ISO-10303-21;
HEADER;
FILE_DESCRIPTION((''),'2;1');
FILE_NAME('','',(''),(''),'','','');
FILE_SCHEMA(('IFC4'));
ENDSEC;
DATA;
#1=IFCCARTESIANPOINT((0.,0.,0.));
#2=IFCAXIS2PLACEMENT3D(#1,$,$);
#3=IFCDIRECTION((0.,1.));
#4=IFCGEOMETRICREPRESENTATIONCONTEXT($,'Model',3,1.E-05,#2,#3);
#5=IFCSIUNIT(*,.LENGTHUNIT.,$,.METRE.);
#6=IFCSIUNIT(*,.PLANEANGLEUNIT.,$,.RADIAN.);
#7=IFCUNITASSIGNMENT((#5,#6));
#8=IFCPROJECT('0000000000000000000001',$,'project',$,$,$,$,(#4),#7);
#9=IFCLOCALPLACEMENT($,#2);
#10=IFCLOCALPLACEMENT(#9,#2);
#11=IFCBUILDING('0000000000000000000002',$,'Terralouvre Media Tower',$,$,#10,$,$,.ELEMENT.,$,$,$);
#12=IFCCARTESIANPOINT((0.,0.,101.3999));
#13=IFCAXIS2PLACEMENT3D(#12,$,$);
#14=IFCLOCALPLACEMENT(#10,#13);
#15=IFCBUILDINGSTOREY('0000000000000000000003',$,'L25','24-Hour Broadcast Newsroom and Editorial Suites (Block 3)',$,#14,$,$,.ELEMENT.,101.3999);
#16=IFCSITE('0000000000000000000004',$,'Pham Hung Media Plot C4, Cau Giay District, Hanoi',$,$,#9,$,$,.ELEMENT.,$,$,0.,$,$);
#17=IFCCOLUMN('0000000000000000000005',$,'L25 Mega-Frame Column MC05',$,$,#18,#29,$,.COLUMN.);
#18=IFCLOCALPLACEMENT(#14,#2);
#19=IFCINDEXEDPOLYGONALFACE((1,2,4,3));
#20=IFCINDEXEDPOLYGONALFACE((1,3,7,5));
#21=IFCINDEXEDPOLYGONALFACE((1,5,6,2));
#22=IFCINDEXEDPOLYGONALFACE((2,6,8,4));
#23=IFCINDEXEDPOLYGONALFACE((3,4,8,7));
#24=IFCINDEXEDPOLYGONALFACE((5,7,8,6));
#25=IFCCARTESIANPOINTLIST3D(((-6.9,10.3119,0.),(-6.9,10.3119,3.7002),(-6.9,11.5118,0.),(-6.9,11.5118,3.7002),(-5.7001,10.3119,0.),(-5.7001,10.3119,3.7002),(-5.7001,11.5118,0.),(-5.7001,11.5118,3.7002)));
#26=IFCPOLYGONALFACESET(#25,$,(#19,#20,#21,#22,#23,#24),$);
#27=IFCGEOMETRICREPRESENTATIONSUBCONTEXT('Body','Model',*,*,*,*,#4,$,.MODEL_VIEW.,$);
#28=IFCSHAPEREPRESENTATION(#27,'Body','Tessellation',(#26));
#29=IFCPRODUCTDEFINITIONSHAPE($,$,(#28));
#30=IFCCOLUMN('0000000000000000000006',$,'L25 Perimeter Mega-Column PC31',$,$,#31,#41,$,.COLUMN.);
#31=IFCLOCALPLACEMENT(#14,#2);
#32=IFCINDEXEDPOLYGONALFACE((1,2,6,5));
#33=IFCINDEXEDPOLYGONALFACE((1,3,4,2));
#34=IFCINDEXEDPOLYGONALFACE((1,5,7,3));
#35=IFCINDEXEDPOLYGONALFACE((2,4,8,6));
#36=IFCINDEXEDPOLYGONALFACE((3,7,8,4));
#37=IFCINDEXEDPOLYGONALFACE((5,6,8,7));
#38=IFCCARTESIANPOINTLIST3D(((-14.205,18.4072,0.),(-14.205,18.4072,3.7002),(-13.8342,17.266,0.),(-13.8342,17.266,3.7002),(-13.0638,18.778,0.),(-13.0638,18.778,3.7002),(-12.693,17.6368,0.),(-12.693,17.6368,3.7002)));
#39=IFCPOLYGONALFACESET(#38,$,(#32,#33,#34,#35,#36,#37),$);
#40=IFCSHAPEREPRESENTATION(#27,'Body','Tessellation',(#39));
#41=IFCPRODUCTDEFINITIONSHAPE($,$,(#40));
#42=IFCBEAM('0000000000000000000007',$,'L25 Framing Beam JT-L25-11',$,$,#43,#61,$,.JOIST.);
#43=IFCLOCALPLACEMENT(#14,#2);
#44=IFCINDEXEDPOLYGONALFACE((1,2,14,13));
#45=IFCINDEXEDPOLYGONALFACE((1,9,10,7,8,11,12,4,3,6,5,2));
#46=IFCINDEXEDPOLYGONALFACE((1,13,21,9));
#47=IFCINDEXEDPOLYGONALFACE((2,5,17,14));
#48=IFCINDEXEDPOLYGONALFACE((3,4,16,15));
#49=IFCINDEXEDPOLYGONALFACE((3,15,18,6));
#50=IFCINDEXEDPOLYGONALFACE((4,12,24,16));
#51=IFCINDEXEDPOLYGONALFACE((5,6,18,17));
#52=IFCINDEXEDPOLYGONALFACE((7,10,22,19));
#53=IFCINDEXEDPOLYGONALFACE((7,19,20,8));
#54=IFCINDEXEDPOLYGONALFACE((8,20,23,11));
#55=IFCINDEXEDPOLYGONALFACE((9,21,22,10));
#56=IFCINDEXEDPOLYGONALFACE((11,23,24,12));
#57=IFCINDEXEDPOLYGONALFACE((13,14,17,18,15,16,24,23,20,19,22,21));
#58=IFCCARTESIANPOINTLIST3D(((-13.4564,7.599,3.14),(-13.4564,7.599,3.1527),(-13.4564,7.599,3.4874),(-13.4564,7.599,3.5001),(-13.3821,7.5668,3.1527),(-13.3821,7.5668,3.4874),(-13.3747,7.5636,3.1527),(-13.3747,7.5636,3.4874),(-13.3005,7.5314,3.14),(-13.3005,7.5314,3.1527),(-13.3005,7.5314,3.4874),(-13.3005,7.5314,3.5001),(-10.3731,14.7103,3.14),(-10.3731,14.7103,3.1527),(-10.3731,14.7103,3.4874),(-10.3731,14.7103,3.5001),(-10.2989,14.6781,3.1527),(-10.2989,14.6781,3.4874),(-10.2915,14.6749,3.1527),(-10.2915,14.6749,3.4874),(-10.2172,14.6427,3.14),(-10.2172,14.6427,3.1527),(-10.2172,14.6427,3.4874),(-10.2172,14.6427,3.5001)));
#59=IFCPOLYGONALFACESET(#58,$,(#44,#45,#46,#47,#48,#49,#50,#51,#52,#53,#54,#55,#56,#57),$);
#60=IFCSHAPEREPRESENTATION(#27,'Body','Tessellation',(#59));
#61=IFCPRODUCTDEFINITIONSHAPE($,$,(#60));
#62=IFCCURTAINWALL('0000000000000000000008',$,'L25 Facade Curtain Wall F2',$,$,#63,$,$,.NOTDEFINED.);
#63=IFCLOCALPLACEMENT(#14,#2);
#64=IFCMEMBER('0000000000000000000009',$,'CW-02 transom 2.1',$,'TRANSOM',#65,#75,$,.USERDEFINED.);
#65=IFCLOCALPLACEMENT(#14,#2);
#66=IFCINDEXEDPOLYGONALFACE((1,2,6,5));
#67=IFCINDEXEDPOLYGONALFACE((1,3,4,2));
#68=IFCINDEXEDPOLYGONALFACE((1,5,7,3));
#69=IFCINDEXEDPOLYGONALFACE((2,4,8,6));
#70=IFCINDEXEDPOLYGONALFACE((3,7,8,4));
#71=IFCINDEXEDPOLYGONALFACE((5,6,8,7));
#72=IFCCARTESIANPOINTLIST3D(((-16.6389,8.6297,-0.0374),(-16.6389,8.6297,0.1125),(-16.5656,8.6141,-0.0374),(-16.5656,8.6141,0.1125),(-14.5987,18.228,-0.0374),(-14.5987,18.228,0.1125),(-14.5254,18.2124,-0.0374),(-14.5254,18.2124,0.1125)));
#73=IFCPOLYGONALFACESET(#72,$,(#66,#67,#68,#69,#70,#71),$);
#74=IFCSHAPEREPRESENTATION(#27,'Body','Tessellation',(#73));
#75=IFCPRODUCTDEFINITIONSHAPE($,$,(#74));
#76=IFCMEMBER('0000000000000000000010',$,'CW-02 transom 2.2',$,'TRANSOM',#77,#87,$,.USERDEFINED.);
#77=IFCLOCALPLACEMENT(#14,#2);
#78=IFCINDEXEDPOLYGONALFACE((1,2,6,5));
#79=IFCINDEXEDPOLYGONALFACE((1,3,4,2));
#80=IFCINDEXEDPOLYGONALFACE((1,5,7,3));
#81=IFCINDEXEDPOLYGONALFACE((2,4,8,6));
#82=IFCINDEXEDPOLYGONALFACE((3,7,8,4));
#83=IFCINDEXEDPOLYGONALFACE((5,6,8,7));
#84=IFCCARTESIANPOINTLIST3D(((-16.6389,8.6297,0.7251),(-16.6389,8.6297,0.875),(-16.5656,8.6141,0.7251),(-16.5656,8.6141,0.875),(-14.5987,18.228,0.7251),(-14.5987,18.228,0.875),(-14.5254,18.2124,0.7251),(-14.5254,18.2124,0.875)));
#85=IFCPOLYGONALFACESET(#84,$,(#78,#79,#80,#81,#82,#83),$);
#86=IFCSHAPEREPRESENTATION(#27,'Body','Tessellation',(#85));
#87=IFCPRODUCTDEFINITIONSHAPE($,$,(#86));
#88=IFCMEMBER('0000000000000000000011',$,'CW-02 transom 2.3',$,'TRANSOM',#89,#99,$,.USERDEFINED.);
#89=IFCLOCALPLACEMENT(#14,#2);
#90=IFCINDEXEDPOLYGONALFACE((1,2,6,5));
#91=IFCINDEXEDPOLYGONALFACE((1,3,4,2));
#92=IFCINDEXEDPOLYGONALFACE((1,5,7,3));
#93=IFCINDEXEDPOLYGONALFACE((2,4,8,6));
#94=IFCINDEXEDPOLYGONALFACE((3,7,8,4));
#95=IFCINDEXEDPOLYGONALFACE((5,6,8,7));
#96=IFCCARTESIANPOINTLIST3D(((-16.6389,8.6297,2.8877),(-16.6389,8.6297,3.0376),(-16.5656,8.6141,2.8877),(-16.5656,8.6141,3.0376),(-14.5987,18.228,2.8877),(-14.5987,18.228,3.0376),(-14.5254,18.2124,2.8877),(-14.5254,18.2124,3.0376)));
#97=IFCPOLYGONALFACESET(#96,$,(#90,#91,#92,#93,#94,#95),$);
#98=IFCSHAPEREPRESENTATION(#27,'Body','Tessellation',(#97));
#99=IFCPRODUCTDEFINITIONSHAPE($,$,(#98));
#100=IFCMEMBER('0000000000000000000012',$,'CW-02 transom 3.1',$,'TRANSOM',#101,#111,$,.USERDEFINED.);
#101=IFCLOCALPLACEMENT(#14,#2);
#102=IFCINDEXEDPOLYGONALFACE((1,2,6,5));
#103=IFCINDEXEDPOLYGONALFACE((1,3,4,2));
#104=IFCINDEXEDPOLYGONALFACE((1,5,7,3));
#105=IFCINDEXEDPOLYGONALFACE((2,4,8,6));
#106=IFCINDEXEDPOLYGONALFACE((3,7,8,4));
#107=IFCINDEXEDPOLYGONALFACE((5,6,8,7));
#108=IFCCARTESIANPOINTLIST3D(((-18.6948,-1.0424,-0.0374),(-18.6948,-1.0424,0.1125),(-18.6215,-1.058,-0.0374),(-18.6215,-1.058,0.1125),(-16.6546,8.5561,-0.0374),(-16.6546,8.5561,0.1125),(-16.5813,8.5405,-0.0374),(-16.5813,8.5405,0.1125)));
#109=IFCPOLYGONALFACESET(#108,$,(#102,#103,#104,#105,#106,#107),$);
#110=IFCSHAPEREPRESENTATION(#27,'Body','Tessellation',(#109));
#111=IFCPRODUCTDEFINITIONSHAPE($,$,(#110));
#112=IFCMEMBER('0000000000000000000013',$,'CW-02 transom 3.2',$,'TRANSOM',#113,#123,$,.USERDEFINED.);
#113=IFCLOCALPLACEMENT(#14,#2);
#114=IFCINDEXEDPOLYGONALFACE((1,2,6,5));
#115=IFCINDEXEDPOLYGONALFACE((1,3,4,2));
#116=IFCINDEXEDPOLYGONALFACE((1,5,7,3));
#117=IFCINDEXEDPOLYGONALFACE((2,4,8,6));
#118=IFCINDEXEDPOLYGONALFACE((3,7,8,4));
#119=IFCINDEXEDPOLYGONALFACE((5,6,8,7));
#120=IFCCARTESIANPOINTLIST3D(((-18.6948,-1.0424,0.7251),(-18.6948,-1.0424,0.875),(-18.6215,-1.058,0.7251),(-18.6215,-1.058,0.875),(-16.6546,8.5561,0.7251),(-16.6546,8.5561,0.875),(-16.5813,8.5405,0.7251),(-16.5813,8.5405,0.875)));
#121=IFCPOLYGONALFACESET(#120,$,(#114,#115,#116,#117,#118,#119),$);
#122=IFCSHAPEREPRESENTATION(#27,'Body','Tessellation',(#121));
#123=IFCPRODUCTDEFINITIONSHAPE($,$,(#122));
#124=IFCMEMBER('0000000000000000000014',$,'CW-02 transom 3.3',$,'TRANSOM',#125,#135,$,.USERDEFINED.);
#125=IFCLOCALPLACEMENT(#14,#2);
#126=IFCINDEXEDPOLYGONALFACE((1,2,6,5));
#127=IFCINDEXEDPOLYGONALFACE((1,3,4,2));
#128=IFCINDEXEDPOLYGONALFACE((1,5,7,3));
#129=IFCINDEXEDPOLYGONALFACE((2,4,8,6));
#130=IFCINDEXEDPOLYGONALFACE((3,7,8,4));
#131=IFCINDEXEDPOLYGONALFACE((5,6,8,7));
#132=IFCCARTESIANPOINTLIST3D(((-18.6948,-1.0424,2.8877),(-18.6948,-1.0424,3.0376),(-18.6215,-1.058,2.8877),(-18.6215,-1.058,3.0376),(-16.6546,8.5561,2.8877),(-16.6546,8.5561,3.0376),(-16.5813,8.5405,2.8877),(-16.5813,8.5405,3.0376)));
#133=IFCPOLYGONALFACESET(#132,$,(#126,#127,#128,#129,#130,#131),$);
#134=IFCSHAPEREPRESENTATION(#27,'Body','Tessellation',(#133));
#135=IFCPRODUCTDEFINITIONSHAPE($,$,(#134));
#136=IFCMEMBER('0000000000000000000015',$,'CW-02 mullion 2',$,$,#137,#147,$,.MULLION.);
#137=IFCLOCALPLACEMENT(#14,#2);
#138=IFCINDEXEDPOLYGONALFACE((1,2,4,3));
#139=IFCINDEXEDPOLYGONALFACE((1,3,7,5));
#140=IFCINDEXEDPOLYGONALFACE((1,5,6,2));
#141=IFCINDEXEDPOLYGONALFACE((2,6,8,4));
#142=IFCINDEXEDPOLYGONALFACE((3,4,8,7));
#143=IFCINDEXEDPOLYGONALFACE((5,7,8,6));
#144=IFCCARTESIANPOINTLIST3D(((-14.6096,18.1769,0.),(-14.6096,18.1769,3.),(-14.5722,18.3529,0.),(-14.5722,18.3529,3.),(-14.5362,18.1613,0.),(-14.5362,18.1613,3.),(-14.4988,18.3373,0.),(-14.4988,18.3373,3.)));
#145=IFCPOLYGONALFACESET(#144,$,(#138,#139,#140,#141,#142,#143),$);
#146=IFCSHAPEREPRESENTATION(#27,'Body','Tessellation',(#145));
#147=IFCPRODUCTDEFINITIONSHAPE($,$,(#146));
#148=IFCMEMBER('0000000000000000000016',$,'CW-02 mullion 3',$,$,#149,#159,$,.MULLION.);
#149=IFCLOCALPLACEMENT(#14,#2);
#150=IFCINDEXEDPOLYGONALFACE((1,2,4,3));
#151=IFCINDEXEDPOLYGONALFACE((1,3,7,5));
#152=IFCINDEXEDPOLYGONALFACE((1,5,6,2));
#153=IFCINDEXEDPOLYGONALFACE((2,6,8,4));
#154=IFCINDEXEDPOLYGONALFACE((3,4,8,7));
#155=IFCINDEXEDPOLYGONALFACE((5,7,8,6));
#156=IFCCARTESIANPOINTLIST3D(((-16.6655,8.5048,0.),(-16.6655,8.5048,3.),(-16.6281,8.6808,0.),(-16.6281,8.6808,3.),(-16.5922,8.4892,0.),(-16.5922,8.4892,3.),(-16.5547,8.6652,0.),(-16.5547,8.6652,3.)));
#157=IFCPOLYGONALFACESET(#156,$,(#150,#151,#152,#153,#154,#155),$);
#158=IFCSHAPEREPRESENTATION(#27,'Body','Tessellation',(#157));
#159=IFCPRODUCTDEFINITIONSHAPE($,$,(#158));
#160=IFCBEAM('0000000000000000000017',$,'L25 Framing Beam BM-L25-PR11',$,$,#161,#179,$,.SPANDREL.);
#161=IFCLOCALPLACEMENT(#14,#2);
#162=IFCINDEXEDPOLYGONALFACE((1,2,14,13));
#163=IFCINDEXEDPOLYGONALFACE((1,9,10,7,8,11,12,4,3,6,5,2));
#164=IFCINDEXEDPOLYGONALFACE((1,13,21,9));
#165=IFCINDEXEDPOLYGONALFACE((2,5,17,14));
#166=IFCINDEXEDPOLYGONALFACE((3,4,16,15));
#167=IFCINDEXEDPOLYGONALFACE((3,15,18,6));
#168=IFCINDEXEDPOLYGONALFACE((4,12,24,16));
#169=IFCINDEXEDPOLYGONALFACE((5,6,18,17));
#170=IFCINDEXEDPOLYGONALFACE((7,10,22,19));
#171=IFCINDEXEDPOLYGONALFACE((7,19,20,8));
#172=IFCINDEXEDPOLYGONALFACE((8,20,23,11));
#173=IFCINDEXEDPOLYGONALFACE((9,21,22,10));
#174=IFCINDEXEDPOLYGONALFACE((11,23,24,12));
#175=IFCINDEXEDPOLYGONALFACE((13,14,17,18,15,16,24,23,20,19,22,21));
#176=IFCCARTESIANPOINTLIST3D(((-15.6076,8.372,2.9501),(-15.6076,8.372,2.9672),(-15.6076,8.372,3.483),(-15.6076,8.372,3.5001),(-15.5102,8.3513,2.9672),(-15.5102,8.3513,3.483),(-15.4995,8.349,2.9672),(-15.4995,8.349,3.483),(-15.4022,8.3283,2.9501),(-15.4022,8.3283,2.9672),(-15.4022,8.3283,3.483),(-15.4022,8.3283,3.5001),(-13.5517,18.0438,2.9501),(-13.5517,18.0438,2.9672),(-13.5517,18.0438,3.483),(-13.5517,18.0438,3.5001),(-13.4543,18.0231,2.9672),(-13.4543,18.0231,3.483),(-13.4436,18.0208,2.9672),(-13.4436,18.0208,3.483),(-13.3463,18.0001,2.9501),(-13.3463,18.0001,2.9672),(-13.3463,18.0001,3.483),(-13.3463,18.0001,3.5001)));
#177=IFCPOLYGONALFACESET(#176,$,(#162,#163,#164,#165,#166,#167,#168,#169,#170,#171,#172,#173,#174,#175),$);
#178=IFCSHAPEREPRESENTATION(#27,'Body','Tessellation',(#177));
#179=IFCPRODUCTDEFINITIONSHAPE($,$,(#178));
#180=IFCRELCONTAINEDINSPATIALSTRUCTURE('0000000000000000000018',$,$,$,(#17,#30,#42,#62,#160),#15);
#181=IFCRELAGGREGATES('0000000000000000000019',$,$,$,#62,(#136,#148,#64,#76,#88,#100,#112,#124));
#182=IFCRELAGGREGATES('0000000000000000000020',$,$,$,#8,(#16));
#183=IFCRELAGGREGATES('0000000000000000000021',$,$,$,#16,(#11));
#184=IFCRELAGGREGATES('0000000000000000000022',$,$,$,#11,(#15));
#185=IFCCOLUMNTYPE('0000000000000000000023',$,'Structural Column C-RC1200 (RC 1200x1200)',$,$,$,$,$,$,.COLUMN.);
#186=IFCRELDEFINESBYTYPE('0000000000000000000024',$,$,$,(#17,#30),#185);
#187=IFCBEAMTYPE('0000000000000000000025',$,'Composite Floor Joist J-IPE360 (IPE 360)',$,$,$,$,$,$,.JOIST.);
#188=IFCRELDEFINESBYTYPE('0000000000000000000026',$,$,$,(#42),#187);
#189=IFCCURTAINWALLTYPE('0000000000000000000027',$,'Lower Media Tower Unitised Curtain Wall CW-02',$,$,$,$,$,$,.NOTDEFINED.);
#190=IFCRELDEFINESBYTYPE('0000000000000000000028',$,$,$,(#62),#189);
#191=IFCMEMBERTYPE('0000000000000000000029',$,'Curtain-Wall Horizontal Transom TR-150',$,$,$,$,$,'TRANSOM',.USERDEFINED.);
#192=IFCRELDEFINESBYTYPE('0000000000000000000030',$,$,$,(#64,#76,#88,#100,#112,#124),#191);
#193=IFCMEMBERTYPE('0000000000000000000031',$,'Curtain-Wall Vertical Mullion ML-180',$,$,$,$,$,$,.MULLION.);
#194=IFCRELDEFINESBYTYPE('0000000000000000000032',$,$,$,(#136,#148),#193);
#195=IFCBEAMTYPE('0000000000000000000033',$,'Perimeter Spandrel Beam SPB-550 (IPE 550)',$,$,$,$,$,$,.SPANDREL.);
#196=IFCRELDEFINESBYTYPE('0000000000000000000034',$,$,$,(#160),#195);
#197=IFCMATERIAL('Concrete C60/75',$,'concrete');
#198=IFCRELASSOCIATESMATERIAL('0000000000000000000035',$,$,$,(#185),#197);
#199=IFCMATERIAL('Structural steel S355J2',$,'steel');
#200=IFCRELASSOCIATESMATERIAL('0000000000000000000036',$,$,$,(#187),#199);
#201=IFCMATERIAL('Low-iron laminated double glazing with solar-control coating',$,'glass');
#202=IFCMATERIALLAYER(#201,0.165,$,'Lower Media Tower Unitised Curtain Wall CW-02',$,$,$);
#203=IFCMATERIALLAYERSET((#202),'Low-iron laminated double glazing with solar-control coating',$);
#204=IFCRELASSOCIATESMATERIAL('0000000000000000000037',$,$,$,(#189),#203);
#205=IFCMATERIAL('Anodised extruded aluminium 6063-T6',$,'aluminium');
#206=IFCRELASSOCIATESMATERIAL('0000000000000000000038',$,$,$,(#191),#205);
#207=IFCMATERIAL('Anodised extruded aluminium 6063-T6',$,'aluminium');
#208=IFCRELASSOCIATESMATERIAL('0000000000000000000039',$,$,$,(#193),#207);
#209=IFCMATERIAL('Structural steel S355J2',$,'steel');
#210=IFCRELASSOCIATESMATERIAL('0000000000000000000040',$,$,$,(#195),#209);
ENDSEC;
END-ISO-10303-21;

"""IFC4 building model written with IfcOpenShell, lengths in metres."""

from ifc_helpers import new_model, si_unit, direction, frame, origin, origin_2d, place, context, subcontext, project, spatial, rectangle, i_section, extrude, material, layer, layer_set, material_profile, profile_set, type_object, element, aggregate, save


model = new_model("IFC4")

# Units and contexts
model_context = context("Model", 3, precision=1e-05, world=origin(), true_north=direction((0.0, 1.0)))
body_context = subcontext(model_context, "Body", "Model", "MODEL_VIEW")
ifc_project = project(units=[si_unit("LENGTHUNIT", "METRE"), si_unit("PLANEANGLEUNIT", "RADIAN")], contexts=[model_context])

# Site, building, storey
site_placement = place(None, origin())
site = spatial("IfcSite", under=ifc_project, at=site_placement, Name="Pham Hung Media Plot C4, Cau Giay District, Hanoi", CompositionType="ELEMENT", RefElevation=0.0)
building_placement = place(site_placement, origin())
building = spatial("IfcBuilding", under=site, at=building_placement, Name="Terralouvre Media Tower", CompositionType="ELEMENT")
storey_placement = place(building_placement, frame((0.0, 0.0, 101.3999)))
storey = spatial("IfcBuildingStorey", under=building, at=storey_placement, Name="L25", Description="24-Hour Broadcast Newsroom and Editorial Suites (Block 3)", CompositionType="ELEMENT", Elevation=101.3999)

# Columns
ifc_material_1 = material(Name="Concrete C60/75", Category="concrete")
ifc_material_profile_1 = material_profile(ifc_material_1, rectangle(XDim=1.2, YDim=1.2, at=origin_2d()), Name="RC 1200x1200")
ifc_profile_set_1 = profile_set([ifc_material_profile_1], Name="Concrete C60/75")
column_type = type_object("IfcColumnType", Name="Structural Column C-RC1200 (RC 1200x1200)", PredefinedType="COLUMN", material=ifc_profile_set_1)
for number, where, z_axis, x_axis, name in (
    (1, (-6.3, 10.9119, 0.0), (0.0, 0.0, 1.0), (1.0, 0.0, 0.0), "L25 Mega-Frame Column MC05"),
    (2, (-13.449, 18.022, 0.0), (0.0, 0.0, 1.0), (0.951057, 0.309017, 0.0), "L25 Perimeter Mega-Column PC31"),
):
    element("IfcColumn", number, at=place(storey_placement, frame(where, z_axis=z_axis, x_axis=x_axis)), inside=storey, type_object=column_type, Name=name, PredefinedType="COLUMN", context=body_context, shape_type="SweptSolid", body=[
        extrude(rectangle(XDim=1.2, YDim=1.2, at=origin_2d()), origin(), (0.0, 0.0, 1.0), 3.7002),
    ])

# Beam
ifc_material_2 = material(Name="Structural steel S355J2", Category="steel")
ifc_material_profile_2 = material_profile(ifc_material_2, i_section(OverallWidth=0.1699, OverallDepth=0.3601, WebThickness=0.0081, FlangeThickness=0.0127, at=origin_2d()), Name="IPE 360")
ifc_profile_set_2 = profile_set([ifc_material_profile_2], Name="Structural steel S355J2")
beam_type_1 = type_object("IfcBeamType", Name="Composite Floor Joist J-IPE360 (IPE 360)", PredefinedType="JOIST", material=ifc_profile_set_2)
beam_1_placement = place(storey_placement, frame((-10.2952, 14.6765, 3.3201), z_axis=(-0.39779, -0.917477, 0.0), x_axis=(0.917477, -0.39779, 0.0)))
element("IfcBeam", 3, at=beam_1_placement, inside=storey, type_object=beam_type_1, Name="L25 Framing Beam JT-L25-11", PredefinedType="JOIST", context=body_context, shape_type="SweptSolid", body=[
    extrude(i_section(OverallWidth=0.1699, OverallDepth=0.3601, WebThickness=0.0081, FlangeThickness=0.0127, at=origin_2d()), origin(), (0.0, 0.0, 1.0), 7.751),
])

# Curtain wall, members
ifc_material_3 = material(Name="Low-iron laminated double glazing with solar-control coating", Category="glass")
ifc_layer_1 = layer(ifc_material_3, 0.165, Name="Lower Media Tower Unitised Curtain Wall CW-02")
ifc_layer_set_1 = layer_set([ifc_layer_1], Name="Low-iron laminated double glazing with solar-control coating")
curtain_wall_type = type_object("IfcCurtainWallType", Name="Lower Media Tower Unitised Curtain Wall CW-02", PredefinedType="NOTDEFINED", material=ifc_layer_set_1)
curtain_wall_placement = place(storey_placement, origin())
curtain_wall = element("IfcCurtainWall", 4, at=curtain_wall_placement, inside=storey, type_object=curtain_wall_type, Name="L25 Facade Curtain Wall F2", PredefinedType="NOTDEFINED")
ifc_material_4 = material(Name="Anodised extruded aluminium 6063-T6", Category="aluminium")
ifc_material_profile_3 = material_profile(ifc_material_4, rectangle(XDim=0.075, YDim=0.1499, at=origin_2d()), Name="ALU 75x150")
ifc_profile_set_3 = profile_set([ifc_material_profile_3], Name="Anodised extruded aluminium 6063-T6")
member_type_1 = type_object("IfcMemberType", Name="Curtain-Wall Horizontal Transom TR-150", ElementType="TRANSOM", PredefinedType="USERDEFINED", material=ifc_profile_set_3)
member_1_placement = place(storey_placement, frame((-14.562, 18.2202, 0.0376), z_axis=(-0.20792, -0.978146, 0.0), x_axis=(0.978146, -0.20792, 0.0)))
member_1 = element("IfcMember", 5, at=member_1_placement, type_object=member_type_1, Name="CW-02 transom 2.1", ObjectType="TRANSOM", PredefinedType="USERDEFINED", context=body_context, shape_type="SweptSolid", body=[
    extrude(rectangle(XDim=0.075, YDim=0.1499, at=origin_2d()), origin(), (0.0, 0.0, 1.0), 9.8127),
])
member_2_placement = place(storey_placement, frame((-14.562, 18.2202, 0.8), z_axis=(-0.20792, -0.978146, 0.0), x_axis=(0.978146, -0.20792, 0.0)))
member_2 = element("IfcMember", 6, at=member_2_placement, type_object=member_type_1, Name="CW-02 transom 2.2", ObjectType="TRANSOM", PredefinedType="USERDEFINED", context=body_context, shape_type="SweptSolid", body=[
    extrude(rectangle(XDim=0.075, YDim=0.1499, at=origin_2d()), origin(), (0.0, 0.0, 1.0), 9.8127),
])
member_3_placement = place(storey_placement, frame((-14.562, 18.2202, 2.9626), z_axis=(-0.20792, -0.978146, 0.0), x_axis=(0.978146, -0.20792, 0.0)))
member_3 = element("IfcMember", 7, at=member_3_placement, type_object=member_type_1, Name="CW-02 transom 2.3", ObjectType="TRANSOM", PredefinedType="USERDEFINED", context=body_context, shape_type="SweptSolid", body=[
    extrude(rectangle(XDim=0.075, YDim=0.1499, at=origin_2d()), origin(), (0.0, 0.0, 1.0), 9.8127),
])
member_4_placement = place(storey_placement, frame((-16.6179, 8.5483, 0.0376), z_axis=(-0.207915, -0.978147, 0.0), x_axis=(0.978147, -0.207915, 0.0)))
member_4 = element("IfcMember", 8, at=member_4_placement, type_object=member_type_1, Name="CW-02 transom 3.1", ObjectType="TRANSOM", PredefinedType="USERDEFINED", context=body_context, shape_type="SweptSolid", body=[
    extrude(rectangle(XDim=0.075, YDim=0.1499, at=origin_2d()), origin(), (0.0, 0.0, 1.0), 9.813),
])
member_5_placement = place(storey_placement, frame((-16.6179, 8.5483, 0.8), z_axis=(-0.207915, -0.978147, 0.0), x_axis=(0.978147, -0.207915, 0.0)))
member_5 = element("IfcMember", 9, at=member_5_placement, type_object=member_type_1, Name="CW-02 transom 3.2", ObjectType="TRANSOM", PredefinedType="USERDEFINED", context=body_context, shape_type="SweptSolid", body=[
    extrude(rectangle(XDim=0.075, YDim=0.1499, at=origin_2d()), origin(), (0.0, 0.0, 1.0), 9.813),
])
member_6_placement = place(storey_placement, frame((-16.6179, 8.5483, 2.9626), z_axis=(-0.207915, -0.978147, 0.0), x_axis=(0.978147, -0.207915, 0.0)))
member_6 = element("IfcMember", 10, at=member_6_placement, type_object=member_type_1, Name="CW-02 transom 3.3", ObjectType="TRANSOM", PredefinedType="USERDEFINED", context=body_context, shape_type="SweptSolid", body=[
    extrude(rectangle(XDim=0.075, YDim=0.1499, at=origin_2d()), origin(), (0.0, 0.0, 1.0), 9.813),
])
ifc_material_5 = material(Name="Anodised extruded aluminium 6063-T6", Category="aluminium")
ifc_material_profile_4 = material_profile(ifc_material_5, rectangle(XDim=0.075, YDim=0.1799, at=origin_2d()), Name="ALU 75x180")
ifc_profile_set_4 = profile_set([ifc_material_profile_4], Name="Anodised extruded aluminium 6063-T6")
member_type_2 = type_object("IfcMemberType", Name="Curtain-Wall Vertical Mullion ML-180", PredefinedType="MULLION", material=ifc_profile_set_4)
member_7_placement = place(storey_placement, frame((-14.5542, 18.2571, 0.0), z_axis=(0.0, 0.0, 1.0), x_axis=(0.978148, -0.207912, 0.0)))
member_7 = element("IfcMember", 11, at=member_7_placement, type_object=member_type_2, Name="CW-02 mullion 2", PredefinedType="MULLION", context=body_context, shape_type="SweptSolid", body=[
    extrude(rectangle(XDim=0.075, YDim=0.1799, at=origin_2d()), origin(), (0.0, 0.0, 1.0), 3.0),
])
member_8_placement = place(storey_placement, frame((-16.6101, 8.585, 0.0), z_axis=(0.0, 0.0, 1.0), x_axis=(0.978148, -0.207912, 0.0)))
member_8 = element("IfcMember", 12, at=member_8_placement, type_object=member_type_2, Name="CW-02 mullion 3", PredefinedType="MULLION", context=body_context, shape_type="SweptSolid", body=[
    extrude(rectangle(XDim=0.075, YDim=0.1799, at=origin_2d()), origin(), (0.0, 0.0, 1.0), 3.0),
])

# Beam
ifc_material_6 = material(Name="Structural steel S355J2", Category="steel")
ifc_material_profile_5 = material_profile(ifc_material_6, i_section(OverallWidth=0.21, OverallDepth=0.55, WebThickness=0.011, FlangeThickness=0.0171, at=origin_2d()), Name="IPE 550")
ifc_profile_set_5 = profile_set([ifc_material_profile_5], Name="Structural steel S355J2")
beam_type_2 = type_object("IfcBeamType", Name="Perimeter Spandrel Beam SPB-550 (IPE 550)", PredefinedType="SPANDREL", material=ifc_profile_set_5)
for number, where, z_axis, x_axis, name in (
    (13, (-13.449, 18.022, 3.2251), (-0.20792, -0.978146, 0.0), (0.978146, -0.20792, 0.0), "L25 Framing Beam BM-L25-PR11"),
):
    element("IfcBeam", number, at=place(storey_placement, frame(where, z_axis=z_axis, x_axis=x_axis)), inside=storey, type_object=beam_type_2, Name=name, PredefinedType="SPANDREL", context=body_context, shape_type="SweptSolid", body=[
        extrude(i_section(OverallWidth=0.21, OverallDepth=0.55, WebThickness=0.011, FlangeThickness=0.0171, at=origin_2d()), origin(), (0.0, 0.0, 1.0), 9.8879),
    ])

aggregate(curtain_wall, [member_7, member_8, member_1, member_2, member_3, member_4, member_5, member_6])

save(model, "model.ifc")
